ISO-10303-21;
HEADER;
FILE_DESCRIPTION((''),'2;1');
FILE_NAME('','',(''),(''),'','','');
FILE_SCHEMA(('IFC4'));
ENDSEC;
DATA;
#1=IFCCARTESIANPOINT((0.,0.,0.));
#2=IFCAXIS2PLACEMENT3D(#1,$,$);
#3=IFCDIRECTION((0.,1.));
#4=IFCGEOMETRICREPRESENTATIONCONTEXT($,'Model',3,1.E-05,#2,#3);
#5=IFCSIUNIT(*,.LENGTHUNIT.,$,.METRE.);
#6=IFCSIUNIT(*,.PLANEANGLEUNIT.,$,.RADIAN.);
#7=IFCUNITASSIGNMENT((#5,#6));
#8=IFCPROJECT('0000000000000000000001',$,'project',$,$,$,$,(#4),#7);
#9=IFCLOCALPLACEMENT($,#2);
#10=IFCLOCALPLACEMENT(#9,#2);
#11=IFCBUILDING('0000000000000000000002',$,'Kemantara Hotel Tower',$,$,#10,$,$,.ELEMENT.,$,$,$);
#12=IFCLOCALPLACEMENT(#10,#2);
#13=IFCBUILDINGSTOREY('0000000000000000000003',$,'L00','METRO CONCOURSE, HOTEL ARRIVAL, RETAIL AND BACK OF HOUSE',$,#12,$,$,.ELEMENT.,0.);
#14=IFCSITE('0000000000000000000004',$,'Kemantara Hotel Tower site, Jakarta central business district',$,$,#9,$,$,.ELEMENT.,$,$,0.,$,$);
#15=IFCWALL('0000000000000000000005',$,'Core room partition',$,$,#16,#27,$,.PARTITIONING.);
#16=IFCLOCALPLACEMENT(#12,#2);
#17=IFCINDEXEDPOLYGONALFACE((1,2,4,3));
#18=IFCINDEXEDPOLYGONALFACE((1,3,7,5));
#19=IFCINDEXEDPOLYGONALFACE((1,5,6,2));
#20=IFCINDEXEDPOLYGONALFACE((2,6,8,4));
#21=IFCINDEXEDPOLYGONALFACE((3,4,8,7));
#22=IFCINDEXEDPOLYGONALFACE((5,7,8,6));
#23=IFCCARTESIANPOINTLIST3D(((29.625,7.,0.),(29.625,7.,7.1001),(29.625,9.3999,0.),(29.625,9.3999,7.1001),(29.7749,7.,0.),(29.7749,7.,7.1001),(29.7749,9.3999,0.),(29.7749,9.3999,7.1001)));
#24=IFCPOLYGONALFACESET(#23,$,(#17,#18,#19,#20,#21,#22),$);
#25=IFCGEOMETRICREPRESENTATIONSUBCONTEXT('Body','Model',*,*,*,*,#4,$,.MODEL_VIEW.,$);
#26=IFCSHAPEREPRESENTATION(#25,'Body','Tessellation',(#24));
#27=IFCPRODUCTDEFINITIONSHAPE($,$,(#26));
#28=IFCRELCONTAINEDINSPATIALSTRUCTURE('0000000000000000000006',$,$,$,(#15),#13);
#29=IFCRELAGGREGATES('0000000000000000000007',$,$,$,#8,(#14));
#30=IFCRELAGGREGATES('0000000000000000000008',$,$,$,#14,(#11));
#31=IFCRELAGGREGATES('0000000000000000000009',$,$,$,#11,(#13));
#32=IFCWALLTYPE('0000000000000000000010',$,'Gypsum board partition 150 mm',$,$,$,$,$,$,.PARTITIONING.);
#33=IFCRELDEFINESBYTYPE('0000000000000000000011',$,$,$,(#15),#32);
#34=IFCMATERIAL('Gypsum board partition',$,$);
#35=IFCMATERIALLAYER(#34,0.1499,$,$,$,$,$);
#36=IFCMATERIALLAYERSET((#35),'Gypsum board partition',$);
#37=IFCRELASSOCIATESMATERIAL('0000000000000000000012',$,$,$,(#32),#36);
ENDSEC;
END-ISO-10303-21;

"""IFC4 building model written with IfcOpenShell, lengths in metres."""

from ifc_helpers import new_model, si_unit, direction, frame, frame_2d, origin, place, context, subcontext, project, spatial, rectangle, extrude, material, layer, layer_set, type_object, element, save


model = new_model("IFC4")

# Units and contexts
model_context = context("Model", 3, precision=1e-05, world=origin(), true_north=direction((0.0, 1.0)))
body_context = subcontext(model_context, "Body", "Model", "MODEL_VIEW")
ifc_project = project(units=[si_unit("LENGTHUNIT", "METRE"), si_unit("PLANEANGLEUNIT", "RADIAN")], contexts=[model_context])

# Site, building, storey
site_placement = place(None, origin())
site = spatial("IfcSite", under=ifc_project, at=site_placement, Name="Kemantara Hotel Tower site, Jakarta central business district", CompositionType="ELEMENT", RefElevation=0.0)
building_placement = place(site_placement, origin())
building = spatial("IfcBuilding", under=site, at=building_placement, Name="Kemantara Hotel Tower", CompositionType="ELEMENT")
storey_placement = place(building_placement, origin())
storey = spatial("IfcBuildingStorey", under=building, at=storey_placement, Name="L00", Description="METRO CONCOURSE, HOTEL ARRIVAL, RETAIL AND BACK OF HOUSE", CompositionType="ELEMENT", Elevation=0.0)

# Shared definitions
ifc_material_1 = material(Name="Gypsum board partition")

# Wall
ifc_layer_1 = layer(ifc_material_1, 0.1499)
ifc_layer_set_1 = layer_set([ifc_layer_1], Name="Gypsum board partition")
wall_type_1 = type_object("IfcWallType", Name="Gypsum board partition 150 mm", PredefinedType="PARTITIONING", material=ifc_layer_set_1)
for number, where, z_axis, x_axis, name in (
    (1, (29.7, 7.0, 0.0), (0.0, 0.0, 1.0), (0.0, 1.0, 0.0), "Core room partition"),
):
    element("IfcWall", number, at=place(storey_placement, frame(where, z_axis=z_axis, x_axis=x_axis)), inside=storey, type_object=wall_type_1, Name=name, PredefinedType="PARTITIONING", context=body_context, shape_type="SweptSolid", body=[
        extrude(rectangle(XDim=2.3999, YDim=0.1499, at=frame_2d((1.2, 0.0))), origin(), (0.0, 0.0, 1.0), 7.1001),
    ])

save(model, "model.ifc")
